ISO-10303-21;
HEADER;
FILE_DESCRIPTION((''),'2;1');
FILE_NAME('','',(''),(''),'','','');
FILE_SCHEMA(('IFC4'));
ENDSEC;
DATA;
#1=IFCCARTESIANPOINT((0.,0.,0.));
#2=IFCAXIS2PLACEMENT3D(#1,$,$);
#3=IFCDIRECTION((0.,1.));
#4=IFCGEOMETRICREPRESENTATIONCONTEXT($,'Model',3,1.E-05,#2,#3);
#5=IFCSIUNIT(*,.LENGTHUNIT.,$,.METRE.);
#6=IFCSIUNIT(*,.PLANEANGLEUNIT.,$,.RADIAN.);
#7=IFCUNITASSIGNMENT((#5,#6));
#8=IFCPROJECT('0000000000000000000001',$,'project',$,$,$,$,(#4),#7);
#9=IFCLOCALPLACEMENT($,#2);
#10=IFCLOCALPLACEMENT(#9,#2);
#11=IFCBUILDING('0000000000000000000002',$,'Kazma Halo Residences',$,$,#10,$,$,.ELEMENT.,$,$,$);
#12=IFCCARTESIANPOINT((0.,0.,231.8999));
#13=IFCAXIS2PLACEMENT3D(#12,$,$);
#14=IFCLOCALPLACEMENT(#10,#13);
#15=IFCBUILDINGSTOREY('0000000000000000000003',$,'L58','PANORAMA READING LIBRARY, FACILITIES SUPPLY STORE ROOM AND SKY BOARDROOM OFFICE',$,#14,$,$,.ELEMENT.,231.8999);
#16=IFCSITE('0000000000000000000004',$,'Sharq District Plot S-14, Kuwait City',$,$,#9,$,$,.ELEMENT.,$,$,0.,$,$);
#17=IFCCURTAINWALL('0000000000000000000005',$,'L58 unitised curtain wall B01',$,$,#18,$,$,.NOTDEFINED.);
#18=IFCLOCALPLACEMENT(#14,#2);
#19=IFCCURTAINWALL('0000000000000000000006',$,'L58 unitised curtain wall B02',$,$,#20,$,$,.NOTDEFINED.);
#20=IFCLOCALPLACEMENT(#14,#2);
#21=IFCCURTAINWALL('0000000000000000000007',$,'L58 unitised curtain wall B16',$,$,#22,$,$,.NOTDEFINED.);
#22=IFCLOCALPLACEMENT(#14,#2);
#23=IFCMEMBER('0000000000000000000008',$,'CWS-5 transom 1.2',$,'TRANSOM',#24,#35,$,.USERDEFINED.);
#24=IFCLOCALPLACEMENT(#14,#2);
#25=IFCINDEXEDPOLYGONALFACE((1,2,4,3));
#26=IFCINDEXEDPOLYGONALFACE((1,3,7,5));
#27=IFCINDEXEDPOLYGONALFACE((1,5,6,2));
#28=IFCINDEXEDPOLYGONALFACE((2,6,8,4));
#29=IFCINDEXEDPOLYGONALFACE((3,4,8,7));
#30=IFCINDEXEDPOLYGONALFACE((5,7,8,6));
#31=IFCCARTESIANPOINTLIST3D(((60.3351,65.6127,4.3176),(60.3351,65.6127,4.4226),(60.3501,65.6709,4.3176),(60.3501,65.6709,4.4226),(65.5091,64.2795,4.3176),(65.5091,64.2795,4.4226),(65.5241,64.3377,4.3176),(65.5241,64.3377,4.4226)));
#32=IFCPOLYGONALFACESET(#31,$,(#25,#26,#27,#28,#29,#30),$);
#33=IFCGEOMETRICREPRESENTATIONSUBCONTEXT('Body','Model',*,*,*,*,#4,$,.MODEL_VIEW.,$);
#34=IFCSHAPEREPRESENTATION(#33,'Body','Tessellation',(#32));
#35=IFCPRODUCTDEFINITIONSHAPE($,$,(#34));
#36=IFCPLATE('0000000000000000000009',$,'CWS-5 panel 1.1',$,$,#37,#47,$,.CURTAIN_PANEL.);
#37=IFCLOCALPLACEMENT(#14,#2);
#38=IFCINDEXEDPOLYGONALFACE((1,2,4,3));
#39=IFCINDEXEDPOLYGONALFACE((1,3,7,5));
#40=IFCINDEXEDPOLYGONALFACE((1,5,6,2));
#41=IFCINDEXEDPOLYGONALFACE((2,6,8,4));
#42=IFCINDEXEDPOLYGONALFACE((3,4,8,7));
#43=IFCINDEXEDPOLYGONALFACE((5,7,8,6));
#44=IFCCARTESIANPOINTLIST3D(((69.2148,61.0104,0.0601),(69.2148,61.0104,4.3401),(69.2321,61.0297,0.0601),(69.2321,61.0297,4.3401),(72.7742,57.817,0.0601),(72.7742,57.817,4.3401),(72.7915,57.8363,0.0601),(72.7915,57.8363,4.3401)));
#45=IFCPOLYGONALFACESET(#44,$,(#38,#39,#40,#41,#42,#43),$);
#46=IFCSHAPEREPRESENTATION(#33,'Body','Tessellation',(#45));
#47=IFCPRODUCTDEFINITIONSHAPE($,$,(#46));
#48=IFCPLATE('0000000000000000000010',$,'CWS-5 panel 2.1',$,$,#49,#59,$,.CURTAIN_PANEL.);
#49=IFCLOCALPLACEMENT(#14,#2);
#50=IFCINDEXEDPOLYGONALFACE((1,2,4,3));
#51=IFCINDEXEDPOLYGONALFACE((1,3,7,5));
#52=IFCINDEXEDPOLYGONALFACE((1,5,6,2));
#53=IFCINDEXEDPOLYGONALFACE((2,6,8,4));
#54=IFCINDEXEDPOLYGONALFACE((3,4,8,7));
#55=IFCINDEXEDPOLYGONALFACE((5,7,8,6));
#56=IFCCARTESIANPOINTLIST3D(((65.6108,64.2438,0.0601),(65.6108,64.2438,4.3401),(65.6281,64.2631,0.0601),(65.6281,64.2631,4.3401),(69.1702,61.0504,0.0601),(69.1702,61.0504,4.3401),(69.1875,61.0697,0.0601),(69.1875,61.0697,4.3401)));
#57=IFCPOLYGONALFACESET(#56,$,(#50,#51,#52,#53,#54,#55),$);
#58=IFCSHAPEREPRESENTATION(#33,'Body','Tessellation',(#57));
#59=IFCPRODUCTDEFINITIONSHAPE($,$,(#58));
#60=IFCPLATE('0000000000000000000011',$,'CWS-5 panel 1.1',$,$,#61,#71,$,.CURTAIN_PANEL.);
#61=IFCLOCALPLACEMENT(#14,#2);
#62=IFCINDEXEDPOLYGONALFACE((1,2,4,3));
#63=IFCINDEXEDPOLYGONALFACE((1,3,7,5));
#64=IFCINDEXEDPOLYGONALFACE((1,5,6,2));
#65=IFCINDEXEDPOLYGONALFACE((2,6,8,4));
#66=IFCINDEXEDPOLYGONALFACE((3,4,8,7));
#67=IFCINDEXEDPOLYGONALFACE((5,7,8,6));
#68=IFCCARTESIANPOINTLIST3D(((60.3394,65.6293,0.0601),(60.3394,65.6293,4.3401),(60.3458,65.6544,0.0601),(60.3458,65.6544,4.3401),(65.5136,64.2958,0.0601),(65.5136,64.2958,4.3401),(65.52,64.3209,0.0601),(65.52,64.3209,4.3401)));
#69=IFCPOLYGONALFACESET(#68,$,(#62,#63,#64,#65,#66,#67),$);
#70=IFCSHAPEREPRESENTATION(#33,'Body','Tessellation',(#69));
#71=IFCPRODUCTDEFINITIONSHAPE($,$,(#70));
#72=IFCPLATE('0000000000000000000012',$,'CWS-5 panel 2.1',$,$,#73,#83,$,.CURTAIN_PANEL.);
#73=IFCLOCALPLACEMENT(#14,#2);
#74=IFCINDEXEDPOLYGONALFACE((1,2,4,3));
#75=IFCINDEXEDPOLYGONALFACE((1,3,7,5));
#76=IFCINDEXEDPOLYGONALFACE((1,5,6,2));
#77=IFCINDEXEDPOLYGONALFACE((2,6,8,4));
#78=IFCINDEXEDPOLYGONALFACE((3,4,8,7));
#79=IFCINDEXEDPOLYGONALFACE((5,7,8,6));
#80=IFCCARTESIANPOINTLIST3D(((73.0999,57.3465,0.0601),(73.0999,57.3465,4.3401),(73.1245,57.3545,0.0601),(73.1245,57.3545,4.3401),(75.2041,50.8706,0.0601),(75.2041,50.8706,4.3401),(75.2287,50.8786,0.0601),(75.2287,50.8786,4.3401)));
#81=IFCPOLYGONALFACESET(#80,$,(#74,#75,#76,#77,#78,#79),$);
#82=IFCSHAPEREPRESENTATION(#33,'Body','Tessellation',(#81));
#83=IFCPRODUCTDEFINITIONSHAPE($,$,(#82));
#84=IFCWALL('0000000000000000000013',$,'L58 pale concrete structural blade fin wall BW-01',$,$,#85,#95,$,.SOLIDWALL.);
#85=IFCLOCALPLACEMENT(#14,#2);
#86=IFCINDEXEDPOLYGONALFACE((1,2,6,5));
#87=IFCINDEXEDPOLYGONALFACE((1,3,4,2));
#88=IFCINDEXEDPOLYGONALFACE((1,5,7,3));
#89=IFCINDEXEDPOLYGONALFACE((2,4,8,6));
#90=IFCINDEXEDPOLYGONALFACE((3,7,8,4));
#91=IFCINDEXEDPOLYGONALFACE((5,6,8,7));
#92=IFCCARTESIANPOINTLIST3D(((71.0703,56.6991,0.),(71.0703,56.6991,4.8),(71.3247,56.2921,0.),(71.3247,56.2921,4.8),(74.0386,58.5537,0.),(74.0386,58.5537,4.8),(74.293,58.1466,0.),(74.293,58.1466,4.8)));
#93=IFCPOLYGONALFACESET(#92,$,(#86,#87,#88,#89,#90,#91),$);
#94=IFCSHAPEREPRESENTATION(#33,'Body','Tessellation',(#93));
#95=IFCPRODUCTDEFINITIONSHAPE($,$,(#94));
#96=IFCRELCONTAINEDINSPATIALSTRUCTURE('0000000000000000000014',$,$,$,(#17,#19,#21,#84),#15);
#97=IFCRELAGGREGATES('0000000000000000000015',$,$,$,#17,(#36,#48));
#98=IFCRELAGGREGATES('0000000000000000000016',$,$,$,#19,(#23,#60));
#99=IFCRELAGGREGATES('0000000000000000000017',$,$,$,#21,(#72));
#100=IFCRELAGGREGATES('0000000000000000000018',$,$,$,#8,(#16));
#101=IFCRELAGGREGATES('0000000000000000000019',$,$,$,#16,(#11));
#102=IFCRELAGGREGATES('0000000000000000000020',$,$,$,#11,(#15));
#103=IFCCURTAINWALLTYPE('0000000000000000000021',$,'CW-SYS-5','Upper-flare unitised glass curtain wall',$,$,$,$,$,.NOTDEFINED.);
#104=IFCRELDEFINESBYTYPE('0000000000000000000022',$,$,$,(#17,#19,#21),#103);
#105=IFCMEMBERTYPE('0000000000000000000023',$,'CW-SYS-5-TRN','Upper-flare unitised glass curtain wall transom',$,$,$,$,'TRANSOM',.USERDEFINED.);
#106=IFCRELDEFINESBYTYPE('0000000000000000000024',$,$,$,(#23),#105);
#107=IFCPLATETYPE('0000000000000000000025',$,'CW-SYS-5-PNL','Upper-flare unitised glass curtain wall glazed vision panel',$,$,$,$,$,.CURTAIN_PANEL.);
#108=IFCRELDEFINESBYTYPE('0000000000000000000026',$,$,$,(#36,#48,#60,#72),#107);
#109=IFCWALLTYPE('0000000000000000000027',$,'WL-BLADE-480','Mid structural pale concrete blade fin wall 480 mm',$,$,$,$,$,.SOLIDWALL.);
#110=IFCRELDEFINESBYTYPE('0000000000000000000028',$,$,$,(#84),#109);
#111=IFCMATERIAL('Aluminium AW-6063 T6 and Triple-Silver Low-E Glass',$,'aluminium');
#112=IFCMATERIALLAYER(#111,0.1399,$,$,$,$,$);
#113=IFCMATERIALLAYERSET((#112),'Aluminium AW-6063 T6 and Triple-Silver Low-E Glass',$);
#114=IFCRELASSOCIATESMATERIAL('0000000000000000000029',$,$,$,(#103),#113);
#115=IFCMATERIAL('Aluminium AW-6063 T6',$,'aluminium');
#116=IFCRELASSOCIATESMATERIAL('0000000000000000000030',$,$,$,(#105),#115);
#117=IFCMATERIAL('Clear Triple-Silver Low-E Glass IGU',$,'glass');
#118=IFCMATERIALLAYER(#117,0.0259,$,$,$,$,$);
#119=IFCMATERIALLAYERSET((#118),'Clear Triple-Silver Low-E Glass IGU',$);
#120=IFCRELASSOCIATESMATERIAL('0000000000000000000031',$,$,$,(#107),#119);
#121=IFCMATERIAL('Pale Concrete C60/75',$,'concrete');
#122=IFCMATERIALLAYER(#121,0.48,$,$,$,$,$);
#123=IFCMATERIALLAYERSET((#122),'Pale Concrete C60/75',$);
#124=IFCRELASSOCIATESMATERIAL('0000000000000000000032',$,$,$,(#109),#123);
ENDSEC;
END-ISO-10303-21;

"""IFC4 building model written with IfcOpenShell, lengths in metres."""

from ifc_helpers import new_model, si_unit, direction, frame, frame_2d, origin, origin_2d, place, context, subcontext, project, spatial, rectangle, extrude, material, layer, layer_set, material_profile, profile_set, type_object, element, aggregate, save


model = new_model("IFC4")

# Units and contexts
model_context = context("Model", 3, precision=1e-05, world=origin(), true_north=direction((0.0, 1.0)))
body_context = subcontext(model_context, "Body", "Model", "MODEL_VIEW")
ifc_project = project(units=[si_unit("LENGTHUNIT", "METRE"), si_unit("PLANEANGLEUNIT", "RADIAN")], contexts=[model_context])

# Site, building, storey
site_placement = place(None, origin())
site = spatial("IfcSite", under=ifc_project, at=site_placement, Name="Sharq District Plot S-14, Kuwait City", CompositionType="ELEMENT", RefElevation=0.0)
building_placement = place(site_placement, origin())
building = spatial("IfcBuilding", under=site, at=building_placement, Name="Kazma Halo Residences", CompositionType="ELEMENT")
storey_placement = place(building_placement, frame((0.0, 0.0, 231.8999)))
storey = spatial("IfcBuildingStorey", under=building, at=storey_placement, Name="L58", Description="PANORAMA READING LIBRARY, FACILITIES SUPPLY STORE ROOM AND SKY BOARDROOM OFFICE", CompositionType="ELEMENT", Elevation=231.8999)

# Curtain walls
ifc_material_1 = material(Name="Aluminium AW-6063 T6 and Triple-Silver Low-E Glass", Category="aluminium")
ifc_layer_1 = layer(ifc_material_1, 0.1399)
ifc_layer_set_1 = layer_set([ifc_layer_1], Name="Aluminium AW-6063 T6 and Triple-Silver Low-E Glass")
curtain_wall_type = type_object("IfcCurtainWallType", Name="CW-SYS-5", Description="Upper-flare unitised glass curtain wall", PredefinedType="NOTDEFINED", material=ifc_layer_set_1)
curtain_wall_1_placement = place(storey_placement, origin())
curtain_wall_1 = element("IfcCurtainWall", 1, at=curtain_wall_1_placement, inside=storey, type_object=curtain_wall_type, Name="L58 unitised curtain wall B01", PredefinedType="NOTDEFINED")
ifc_material_2 = material(Name="Aluminium AW-6063 T6", Category="aluminium")
curtain_wall_2_placement = place(storey_placement, origin())
curtain_wall_2 = element("IfcCurtainWall", 2, at=curtain_wall_2_placement, inside=storey, type_object=curtain_wall_type, Name="L58 unitised curtain wall B02", PredefinedType="NOTDEFINED")

# Curtain wall
curtain_wall_3_placement = place(storey_placement, origin())
curtain_wall_3 = element("IfcCurtainWall", 3, at=curtain_wall_3_placement, inside=storey, type_object=curtain_wall_type, Name="L58 unitised curtain wall B16", PredefinedType="NOTDEFINED")

# Member
ifc_material_profile_1 = material_profile(ifc_material_2, rectangle(XDim=0.0601, YDim=0.105, at=origin_2d()), Name="CWT-60x105")
ifc_profile_set_1 = profile_set([ifc_material_profile_1], Name="Aluminium AW-6063 T6")
member_type_1 = type_object("IfcMemberType", Name="CW-SYS-5-TRN", Description="Upper-flare unitised glass curtain wall transom", ElementType="TRANSOM", PredefinedType="USERDEFINED", material=ifc_profile_set_1)
member_1_placement = place(storey_placement, frame((65.5166, 64.3086, 4.3701), z_axis=(-0.968367, 0.249528, 0.0), x_axis=(-0.249528, -0.968367, 0.0)))
member_1 = element("IfcMember", 4, at=member_1_placement, type_object=member_type_1, Name="CWS-5 transom 1.2", ObjectType="TRANSOM", PredefinedType="USERDEFINED", context=body_context, shape_type="SweptSolid", body=[
    extrude(rectangle(XDim=0.0601, YDim=0.105, at=origin_2d()), origin(), (0.0, 0.0, 1.0), 5.343),
])

# Plates
ifc_material_3 = material(Name="Clear Triple-Silver Low-E Glass IGU", Category="glass")
ifc_layer_2 = layer(ifc_material_3, 0.0259)
ifc_layer_set_2 = layer_set([ifc_layer_2], Name="Clear Triple-Silver Low-E Glass IGU")
plate_type = type_object("IfcPlateType", Name="CW-SYS-5-PNL", Description="Upper-flare unitised glass curtain wall glazed vision panel", PredefinedType="CURTAIN_PANEL", material=ifc_layer_set_2)
plate_1_placement = place(storey_placement, frame((71.0032, 59.4233, 0.0601), z_axis=(0.0, 0.0, 1.0), x_axis=(-0.74434, 0.6678, 0.0)))
plate_1 = element("IfcPlate", 5, at=plate_1_placement, type_object=plate_type, Name="CWS-5 panel 1.1", PredefinedType="CURTAIN_PANEL", context=body_context, shape_type="SweptSolid", body=[
    extrude(rectangle(XDim=4.782, YDim=0.0259, at=origin_2d()), origin(), (0.0, 0.0, 1.0), 4.28),
])
plate_2_placement = place(storey_placement, frame((67.3992, 62.6567, 0.0601), z_axis=(0.0, 0.0, 1.0), x_axis=(-0.74434, 0.6678, 0.0)))
plate_2 = element("IfcPlate", 6, at=plate_2_placement, type_object=plate_type, Name="CWS-5 panel 2.1", PredefinedType="CURTAIN_PANEL", context=body_context, shape_type="SweptSolid", body=[
    extrude(rectangle(XDim=4.782, YDim=0.0259, at=origin_2d()), origin(), (0.0, 0.0, 1.0), 4.28),
])
aggregate(curtain_wall_1, [plate_1, plate_2])
plate_3_placement = place(storey_placement, frame((62.9297, 64.9751, 0.0601), z_axis=(0.0, 0.0, 1.0), x_axis=(-0.968358, 0.249567, 0.0)))
plate_3 = element("IfcPlate", 7, at=plate_3_placement, type_object=plate_type, Name="CWS-5 panel 1.1", PredefinedType="CURTAIN_PANEL", context=body_context, shape_type="SweptSolid", body=[
    extrude(rectangle(XDim=5.3433, YDim=0.0259, at=origin_2d()), origin(), (0.0, 0.0, 1.0), 4.28),
])
aggregate(curtain_wall_2, [member_1, plate_3])
plate_4_placement = place(storey_placement, frame((74.1643, 54.1125, 0.0601), z_axis=(0.0, 0.0, 1.0), x_axis=(-0.30902, 0.951056, 0.0)))
plate_4 = element("IfcPlate", 8, at=plate_4_placement, type_object=plate_type, Name="CWS-5 panel 2.1", PredefinedType="CURTAIN_PANEL", context=body_context, shape_type="SweptSolid", body=[
    extrude(rectangle(XDim=6.8091, YDim=0.0259, at=origin_2d()), origin(), (0.0, 0.0, 1.0), 4.28),
])
aggregate(curtain_wall_3, [plate_4])

# Wall
ifc_material_4 = material(Name="Pale Concrete C60/75", Category="concrete")
ifc_layer_3 = layer(ifc_material_4, 0.48)
ifc_layer_set_3 = layer_set([ifc_layer_3], Name="Pale Concrete C60/75")
wall_type = type_object("IfcWallType", Name="WL-BLADE-480", Description="Mid structural pale concrete blade fin wall 480 mm", PredefinedType="SOLIDWALL", material=ifc_layer_set_3)
wall_placement = place(storey_placement, frame((71.1975, 56.4956, 0.0), z_axis=(0.0, 0.0, 1.0), x_axis=(0.848085, 0.529861, 0.0)))
element("IfcWall", 9, at=wall_placement, inside=storey, type_object=wall_type, Name="L58 pale concrete structural blade fin wall BW-01", PredefinedType="SOLIDWALL", context=body_context, shape_type="SweptSolid", body=[
    extrude(rectangle(XDim=3.5, YDim=0.48, at=frame_2d((1.75, 0.0))), origin(), (0.0, 0.0, 1.0), 4.8),
])

save(model, "model.ifc")
